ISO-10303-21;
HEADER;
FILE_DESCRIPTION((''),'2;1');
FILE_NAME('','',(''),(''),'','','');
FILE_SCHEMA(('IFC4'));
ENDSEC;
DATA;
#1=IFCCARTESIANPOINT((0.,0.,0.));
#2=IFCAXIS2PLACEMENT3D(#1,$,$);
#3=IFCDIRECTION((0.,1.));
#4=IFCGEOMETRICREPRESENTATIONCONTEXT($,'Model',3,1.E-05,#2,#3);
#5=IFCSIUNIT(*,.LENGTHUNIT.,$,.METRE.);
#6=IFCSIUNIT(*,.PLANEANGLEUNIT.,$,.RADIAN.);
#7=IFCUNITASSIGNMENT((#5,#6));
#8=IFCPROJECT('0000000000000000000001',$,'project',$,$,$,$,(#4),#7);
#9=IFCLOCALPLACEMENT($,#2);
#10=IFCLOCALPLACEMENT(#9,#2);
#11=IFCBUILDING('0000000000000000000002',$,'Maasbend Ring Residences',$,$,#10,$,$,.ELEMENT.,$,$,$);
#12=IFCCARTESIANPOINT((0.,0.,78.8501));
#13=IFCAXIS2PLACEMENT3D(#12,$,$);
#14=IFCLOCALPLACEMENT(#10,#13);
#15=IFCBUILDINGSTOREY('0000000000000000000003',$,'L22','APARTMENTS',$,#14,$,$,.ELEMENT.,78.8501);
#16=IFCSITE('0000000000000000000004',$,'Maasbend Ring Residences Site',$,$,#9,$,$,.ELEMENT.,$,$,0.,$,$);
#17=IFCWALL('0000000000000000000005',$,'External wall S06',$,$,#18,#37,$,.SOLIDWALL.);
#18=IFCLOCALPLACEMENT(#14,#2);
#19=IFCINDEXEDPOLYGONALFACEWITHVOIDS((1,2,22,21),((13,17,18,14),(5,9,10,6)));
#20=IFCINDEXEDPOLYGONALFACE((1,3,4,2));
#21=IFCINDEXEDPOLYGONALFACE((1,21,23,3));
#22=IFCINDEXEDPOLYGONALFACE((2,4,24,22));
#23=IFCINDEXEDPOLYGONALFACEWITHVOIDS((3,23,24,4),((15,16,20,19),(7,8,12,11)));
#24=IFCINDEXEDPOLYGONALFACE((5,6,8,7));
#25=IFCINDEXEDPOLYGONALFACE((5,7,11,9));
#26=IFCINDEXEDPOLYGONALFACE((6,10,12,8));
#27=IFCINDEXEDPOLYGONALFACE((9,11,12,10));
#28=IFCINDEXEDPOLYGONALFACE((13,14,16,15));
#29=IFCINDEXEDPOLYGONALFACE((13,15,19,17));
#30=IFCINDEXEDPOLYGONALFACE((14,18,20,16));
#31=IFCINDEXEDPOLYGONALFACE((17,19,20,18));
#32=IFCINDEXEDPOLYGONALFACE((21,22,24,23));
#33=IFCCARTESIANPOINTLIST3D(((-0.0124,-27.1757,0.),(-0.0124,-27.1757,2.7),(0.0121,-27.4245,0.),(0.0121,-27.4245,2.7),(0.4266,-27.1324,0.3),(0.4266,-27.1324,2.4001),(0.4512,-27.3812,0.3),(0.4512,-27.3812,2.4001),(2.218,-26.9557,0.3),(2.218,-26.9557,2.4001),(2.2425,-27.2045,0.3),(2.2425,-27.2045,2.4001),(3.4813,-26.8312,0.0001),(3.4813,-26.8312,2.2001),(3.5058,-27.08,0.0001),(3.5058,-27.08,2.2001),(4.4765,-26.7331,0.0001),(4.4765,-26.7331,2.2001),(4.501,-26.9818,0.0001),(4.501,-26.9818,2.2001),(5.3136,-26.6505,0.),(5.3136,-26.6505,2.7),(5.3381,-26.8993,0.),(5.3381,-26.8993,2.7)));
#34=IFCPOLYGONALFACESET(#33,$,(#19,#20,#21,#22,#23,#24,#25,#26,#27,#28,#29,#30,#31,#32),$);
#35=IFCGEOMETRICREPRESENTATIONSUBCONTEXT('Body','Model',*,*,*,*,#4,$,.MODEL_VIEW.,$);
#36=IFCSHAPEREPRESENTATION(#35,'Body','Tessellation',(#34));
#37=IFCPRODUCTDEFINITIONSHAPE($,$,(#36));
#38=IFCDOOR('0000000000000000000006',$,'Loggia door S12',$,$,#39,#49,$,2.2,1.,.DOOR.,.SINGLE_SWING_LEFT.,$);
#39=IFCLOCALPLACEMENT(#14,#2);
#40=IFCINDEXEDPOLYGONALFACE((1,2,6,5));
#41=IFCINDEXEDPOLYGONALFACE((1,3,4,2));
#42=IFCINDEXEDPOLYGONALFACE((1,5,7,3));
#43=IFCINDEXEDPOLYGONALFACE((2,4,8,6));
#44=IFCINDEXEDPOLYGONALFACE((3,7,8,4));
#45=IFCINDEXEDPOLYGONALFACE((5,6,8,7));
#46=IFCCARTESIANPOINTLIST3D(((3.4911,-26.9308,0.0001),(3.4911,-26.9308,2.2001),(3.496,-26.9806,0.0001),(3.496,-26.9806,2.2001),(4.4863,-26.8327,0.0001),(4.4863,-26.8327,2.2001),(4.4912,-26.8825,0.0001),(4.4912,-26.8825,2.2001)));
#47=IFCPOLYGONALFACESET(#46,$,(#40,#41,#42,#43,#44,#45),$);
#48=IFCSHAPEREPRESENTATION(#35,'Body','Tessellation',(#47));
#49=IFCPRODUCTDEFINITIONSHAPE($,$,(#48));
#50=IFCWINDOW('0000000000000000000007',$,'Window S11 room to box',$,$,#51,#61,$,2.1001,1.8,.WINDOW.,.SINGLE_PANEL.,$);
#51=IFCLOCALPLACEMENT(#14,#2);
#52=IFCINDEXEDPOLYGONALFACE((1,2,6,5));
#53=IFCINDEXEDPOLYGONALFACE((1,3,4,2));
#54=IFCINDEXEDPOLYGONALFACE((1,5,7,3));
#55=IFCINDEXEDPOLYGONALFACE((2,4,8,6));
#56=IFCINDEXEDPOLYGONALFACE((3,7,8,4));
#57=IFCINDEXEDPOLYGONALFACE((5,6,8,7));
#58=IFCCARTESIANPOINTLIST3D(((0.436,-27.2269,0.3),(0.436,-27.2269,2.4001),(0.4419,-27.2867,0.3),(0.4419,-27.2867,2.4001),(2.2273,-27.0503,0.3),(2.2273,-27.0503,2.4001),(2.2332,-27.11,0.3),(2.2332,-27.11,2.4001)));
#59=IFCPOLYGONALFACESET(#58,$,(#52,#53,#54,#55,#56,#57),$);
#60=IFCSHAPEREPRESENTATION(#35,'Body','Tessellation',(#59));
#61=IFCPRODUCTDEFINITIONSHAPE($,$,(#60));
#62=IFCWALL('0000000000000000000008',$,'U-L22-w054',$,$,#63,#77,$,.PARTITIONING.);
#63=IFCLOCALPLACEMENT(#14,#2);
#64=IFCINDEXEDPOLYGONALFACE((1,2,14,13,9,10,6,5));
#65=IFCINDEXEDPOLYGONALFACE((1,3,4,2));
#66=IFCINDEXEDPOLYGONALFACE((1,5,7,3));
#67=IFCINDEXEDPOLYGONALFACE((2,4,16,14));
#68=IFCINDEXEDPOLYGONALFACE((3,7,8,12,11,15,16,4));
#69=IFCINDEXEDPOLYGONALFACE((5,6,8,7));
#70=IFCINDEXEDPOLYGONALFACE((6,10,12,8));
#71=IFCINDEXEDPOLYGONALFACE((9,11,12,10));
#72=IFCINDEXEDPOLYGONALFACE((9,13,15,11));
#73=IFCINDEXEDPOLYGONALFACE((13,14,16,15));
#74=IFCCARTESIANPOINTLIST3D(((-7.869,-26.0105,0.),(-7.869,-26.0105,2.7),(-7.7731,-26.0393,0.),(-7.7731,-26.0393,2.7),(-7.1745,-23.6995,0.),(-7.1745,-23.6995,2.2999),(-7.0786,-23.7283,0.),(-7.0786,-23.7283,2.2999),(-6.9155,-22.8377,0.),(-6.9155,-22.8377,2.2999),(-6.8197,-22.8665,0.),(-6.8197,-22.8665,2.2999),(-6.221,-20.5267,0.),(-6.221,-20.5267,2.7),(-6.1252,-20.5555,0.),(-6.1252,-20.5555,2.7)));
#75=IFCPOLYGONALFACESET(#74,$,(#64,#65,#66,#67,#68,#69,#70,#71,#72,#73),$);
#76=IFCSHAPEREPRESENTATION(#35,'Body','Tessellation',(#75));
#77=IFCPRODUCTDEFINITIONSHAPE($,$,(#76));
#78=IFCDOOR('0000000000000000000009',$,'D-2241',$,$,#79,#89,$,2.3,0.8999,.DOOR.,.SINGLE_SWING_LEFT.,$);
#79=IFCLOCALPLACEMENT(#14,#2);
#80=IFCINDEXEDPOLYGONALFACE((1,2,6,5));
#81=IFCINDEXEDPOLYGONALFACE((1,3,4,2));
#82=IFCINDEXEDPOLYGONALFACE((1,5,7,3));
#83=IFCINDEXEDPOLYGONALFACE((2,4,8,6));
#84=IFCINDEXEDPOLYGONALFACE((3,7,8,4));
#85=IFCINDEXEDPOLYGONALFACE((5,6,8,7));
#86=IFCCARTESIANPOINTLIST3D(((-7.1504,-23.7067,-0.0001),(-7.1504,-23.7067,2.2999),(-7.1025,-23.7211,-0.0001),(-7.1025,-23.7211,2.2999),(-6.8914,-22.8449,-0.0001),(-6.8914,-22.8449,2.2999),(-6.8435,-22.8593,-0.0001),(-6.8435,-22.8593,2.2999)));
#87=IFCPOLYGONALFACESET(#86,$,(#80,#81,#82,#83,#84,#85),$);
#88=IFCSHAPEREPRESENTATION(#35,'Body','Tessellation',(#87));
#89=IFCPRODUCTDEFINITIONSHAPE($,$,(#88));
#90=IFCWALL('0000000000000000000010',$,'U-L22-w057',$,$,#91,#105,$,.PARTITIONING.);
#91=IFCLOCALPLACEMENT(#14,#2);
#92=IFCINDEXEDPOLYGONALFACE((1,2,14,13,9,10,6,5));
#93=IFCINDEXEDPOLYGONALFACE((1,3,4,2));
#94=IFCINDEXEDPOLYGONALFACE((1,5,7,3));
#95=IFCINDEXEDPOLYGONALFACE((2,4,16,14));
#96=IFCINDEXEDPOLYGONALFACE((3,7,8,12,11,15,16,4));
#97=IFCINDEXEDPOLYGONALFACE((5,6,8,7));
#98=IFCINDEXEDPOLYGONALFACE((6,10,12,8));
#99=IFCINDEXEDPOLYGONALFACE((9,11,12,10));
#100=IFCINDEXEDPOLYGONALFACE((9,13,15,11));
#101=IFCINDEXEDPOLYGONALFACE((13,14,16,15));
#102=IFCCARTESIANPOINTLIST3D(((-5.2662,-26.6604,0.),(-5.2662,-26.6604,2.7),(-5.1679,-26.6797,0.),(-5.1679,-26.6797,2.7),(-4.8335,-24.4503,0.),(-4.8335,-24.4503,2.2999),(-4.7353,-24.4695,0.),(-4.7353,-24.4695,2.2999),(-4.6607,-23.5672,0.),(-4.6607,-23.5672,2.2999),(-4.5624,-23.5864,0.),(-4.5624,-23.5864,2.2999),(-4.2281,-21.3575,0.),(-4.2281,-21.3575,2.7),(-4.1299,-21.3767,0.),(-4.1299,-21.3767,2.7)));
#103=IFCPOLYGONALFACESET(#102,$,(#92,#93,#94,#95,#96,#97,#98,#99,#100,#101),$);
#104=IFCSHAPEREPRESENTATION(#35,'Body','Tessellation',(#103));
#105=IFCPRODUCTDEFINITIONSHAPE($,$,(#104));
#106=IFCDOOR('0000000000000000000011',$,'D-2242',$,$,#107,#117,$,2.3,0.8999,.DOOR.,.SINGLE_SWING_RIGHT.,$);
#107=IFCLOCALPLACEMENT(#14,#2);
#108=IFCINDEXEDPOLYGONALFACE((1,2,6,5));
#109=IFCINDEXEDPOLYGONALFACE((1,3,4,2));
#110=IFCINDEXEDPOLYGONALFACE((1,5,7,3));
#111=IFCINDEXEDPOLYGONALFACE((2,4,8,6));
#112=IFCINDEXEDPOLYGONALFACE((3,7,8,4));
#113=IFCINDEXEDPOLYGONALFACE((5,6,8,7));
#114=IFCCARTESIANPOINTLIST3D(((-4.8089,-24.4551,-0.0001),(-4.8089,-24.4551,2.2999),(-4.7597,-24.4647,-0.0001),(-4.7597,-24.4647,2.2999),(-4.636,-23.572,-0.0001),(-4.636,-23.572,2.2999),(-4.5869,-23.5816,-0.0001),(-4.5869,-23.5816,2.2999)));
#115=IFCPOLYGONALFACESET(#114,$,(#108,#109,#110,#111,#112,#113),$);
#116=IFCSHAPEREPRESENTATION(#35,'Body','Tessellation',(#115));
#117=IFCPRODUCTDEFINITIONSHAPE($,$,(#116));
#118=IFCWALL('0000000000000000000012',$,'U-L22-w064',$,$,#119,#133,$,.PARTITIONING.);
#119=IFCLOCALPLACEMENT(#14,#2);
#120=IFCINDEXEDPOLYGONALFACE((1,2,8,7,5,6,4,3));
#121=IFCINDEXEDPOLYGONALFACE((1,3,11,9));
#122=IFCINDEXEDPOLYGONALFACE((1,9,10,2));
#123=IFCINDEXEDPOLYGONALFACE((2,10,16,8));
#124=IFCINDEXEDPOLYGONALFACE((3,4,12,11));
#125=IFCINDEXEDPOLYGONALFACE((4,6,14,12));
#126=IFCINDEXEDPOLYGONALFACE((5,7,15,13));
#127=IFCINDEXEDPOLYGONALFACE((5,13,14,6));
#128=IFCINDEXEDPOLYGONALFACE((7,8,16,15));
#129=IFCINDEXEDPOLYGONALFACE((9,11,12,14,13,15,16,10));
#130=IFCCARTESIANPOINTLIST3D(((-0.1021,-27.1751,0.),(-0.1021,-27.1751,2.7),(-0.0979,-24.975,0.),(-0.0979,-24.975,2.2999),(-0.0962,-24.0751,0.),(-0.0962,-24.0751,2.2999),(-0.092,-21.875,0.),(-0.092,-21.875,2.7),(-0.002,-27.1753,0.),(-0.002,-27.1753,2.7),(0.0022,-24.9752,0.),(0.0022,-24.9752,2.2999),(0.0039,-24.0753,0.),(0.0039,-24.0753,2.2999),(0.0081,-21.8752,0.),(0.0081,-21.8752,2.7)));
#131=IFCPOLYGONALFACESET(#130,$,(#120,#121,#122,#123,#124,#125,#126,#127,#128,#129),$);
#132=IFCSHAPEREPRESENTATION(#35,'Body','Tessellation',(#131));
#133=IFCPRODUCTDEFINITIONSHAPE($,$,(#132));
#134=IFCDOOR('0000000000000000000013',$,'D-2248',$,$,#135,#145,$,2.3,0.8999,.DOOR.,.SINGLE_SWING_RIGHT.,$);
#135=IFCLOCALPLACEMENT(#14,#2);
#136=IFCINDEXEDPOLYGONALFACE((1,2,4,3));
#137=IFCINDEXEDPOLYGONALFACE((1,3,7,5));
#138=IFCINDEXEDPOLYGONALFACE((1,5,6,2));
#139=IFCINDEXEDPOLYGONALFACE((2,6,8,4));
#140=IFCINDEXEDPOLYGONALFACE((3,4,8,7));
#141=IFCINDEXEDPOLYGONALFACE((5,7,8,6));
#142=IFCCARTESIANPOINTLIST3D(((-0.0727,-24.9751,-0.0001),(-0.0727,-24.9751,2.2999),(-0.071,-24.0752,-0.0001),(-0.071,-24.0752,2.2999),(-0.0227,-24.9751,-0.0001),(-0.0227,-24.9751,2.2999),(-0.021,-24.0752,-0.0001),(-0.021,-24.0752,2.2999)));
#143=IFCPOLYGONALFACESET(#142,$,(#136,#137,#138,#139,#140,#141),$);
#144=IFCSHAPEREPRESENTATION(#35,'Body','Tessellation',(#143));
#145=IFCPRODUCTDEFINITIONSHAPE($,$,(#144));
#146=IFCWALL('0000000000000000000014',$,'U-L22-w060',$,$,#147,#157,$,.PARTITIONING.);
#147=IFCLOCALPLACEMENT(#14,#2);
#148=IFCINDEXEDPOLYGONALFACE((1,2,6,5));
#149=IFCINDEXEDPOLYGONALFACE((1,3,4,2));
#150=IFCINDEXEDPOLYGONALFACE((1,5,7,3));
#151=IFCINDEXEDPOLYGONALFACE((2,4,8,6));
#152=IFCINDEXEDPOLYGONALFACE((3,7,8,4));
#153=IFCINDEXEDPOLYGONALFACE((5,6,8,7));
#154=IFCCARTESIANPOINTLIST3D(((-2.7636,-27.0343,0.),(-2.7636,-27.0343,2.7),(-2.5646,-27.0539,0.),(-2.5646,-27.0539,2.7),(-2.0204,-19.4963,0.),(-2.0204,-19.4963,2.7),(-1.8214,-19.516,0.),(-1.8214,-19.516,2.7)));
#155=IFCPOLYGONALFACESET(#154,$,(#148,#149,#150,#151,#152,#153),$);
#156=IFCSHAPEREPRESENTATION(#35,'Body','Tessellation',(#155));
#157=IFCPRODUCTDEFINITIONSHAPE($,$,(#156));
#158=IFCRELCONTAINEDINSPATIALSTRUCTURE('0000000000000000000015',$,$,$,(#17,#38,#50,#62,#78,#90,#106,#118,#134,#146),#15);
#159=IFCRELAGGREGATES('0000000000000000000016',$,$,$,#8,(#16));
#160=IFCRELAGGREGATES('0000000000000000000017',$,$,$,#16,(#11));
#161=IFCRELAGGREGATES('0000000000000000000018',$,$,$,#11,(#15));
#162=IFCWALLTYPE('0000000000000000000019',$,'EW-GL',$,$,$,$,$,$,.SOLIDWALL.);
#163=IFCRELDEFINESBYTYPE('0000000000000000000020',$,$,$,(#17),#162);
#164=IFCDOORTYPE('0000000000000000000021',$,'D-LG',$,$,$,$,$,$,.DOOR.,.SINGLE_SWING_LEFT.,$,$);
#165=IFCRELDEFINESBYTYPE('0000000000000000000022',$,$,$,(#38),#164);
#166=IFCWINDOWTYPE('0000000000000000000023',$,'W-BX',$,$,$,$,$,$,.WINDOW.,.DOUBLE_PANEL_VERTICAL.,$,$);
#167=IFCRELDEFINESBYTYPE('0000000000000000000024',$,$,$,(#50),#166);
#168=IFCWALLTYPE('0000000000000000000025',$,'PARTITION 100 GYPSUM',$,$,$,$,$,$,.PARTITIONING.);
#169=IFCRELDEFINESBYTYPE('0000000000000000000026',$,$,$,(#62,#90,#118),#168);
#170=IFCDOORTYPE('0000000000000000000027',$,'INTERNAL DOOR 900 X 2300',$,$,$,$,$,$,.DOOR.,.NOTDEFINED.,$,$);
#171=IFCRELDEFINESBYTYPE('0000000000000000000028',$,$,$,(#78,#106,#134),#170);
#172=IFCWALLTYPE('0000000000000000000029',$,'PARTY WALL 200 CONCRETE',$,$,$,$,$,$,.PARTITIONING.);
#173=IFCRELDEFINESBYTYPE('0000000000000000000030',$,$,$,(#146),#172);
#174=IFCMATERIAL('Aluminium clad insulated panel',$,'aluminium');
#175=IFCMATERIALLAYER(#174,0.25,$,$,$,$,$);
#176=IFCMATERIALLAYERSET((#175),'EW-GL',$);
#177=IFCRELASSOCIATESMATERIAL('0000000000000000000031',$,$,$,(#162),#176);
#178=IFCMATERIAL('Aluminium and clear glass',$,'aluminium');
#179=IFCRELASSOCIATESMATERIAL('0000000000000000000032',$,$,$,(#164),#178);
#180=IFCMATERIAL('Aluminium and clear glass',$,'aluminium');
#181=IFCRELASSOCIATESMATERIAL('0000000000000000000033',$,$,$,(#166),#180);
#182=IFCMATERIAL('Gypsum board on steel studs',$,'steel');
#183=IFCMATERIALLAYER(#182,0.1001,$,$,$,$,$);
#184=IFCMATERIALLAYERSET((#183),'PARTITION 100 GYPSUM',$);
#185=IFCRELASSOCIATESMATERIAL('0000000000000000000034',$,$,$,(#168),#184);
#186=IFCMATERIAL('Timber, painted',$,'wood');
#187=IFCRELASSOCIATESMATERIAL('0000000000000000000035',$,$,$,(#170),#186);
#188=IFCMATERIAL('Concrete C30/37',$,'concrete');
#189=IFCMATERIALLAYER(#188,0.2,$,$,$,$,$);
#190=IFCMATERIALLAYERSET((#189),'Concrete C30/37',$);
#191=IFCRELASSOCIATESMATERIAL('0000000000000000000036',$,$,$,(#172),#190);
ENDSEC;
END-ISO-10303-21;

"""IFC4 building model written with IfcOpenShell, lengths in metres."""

from ifc_helpers import new_model, si_unit, direction, frame, frame_2d, origin, place, context, subcontext, project, spatial, rectangle, extrude, material, layer, layer_set, type_object, element, fill, save


model = new_model("IFC4")

# Units and contexts
model_context = context("Model", 3, precision=1e-05, world=origin(), true_north=direction((0.0, 1.0)))
body_context = subcontext(model_context, "Body", "Model", "MODEL_VIEW")
ifc_project = project(units=[si_unit("LENGTHUNIT", "METRE"), si_unit("PLANEANGLEUNIT", "RADIAN")], contexts=[model_context])

# Site, building, storey
site_placement = place(None, origin())
site = spatial("IfcSite", under=ifc_project, at=site_placement, Name="Maasbend Ring Residences Site", CompositionType="ELEMENT", RefElevation=0.0)
building_placement = place(site_placement, origin())
building = spatial("IfcBuilding", under=site, at=building_placement, Name="Maasbend Ring Residences", CompositionType="ELEMENT")
storey_placement = place(building_placement, frame((0.0, 0.0, 78.8501)))
storey = spatial("IfcBuildingStorey", under=building, at=storey_placement, Name="L22", Description="APARTMENTS", CompositionType="ELEMENT", Elevation=78.8501)

# Wall, openings, door, window
ifc_material_1 = material(Name="Aluminium clad insulated panel", Category="aluminium")
ifc_layer_1 = layer(ifc_material_1, 0.25)
ifc_layer_set_1 = layer_set([ifc_layer_1], Name="EW-GL")
wall_type_1 = type_object("IfcWallType", Name="EW-GL", PredefinedType="SOLIDWALL", material=ifc_layer_set_1)
ifc_material_2 = material(Name="Aluminium and clear glass", Category="aluminium")
door_type_1 = type_object("IfcDoorType", Name="D-LG", OperationType="SINGLE_SWING_LEFT", PredefinedType="DOOR", material=ifc_material_2)
ifc_material_3 = material(Name="Aluminium and clear glass", Category="aluminium")
window_type_1 = type_object("IfcWindowType", Name="W-BX", PartitioningType="DOUBLE_PANEL_VERTICAL", PredefinedType="WINDOW", material=ifc_material_3)
wall_1_placement = place(storey_placement, frame((0.0, -27.3, 0.0), z_axis=(0.0, 0.0, 1.0), x_axis=(0.995174, 0.098126, 0.0)))
wall_1 = element("IfcWall", 1, at=wall_1_placement, inside=storey, type_object=wall_type_1, Name="External wall S06", PredefinedType="SOLIDWALL", context=body_context, shape_type="SweptSolid", body=[
    extrude(rectangle(XDim=5.3518, YDim=0.25, at=frame_2d((2.6758, 0.0))), origin(), (0.0, 0.0, 1.0), 2.7),
])
opening_1_placement = place(wall_1_placement, frame((0.4412, 0.0, 0.3)))
opening_1 = element("IfcOpeningElement", 2, at=opening_1_placement, cuts=wall_1, PredefinedType="OPENING", context=body_context, shape_type="SweptSolid", body=[
    extrude(rectangle(XDim=1.8, YDim=2.1001, at=frame_2d((0.8999, 1.05))), frame((0.0, 0.135, 0.0), z_axis=(0.0, -1.0, 0.0), x_axis=(1.0, 0.0, 0.0)), (0.0, 0.0, 1.0), 0.27),
])
opening_2_placement = place(wall_1_placement, frame((3.5105, 0.0, 0.0)))
opening_2 = element("IfcOpeningElement", 3, at=opening_2_placement, cuts=wall_1, PredefinedType="OPENING", context=body_context, shape_type="SweptSolid", body=[
    extrude(rectangle(XDim=1.0, YDim=2.2, at=frame_2d((0.5, 1.1001))), frame((0.0, 0.135, 0.0), z_axis=(0.0, -1.0, 0.0), x_axis=(1.0, 0.0, 0.0)), (0.0, 0.0, 1.0), 0.27),
])
door_1_placement = place(opening_2_placement, origin())
door_1 = element("IfcDoor", 4, at=door_1_placement, inside=storey, type_object=door_type_1, Name="Loggia door S12", OperationType="SINGLE_SWING_LEFT", OverallHeight=2.2, OverallWidth=1.0, PredefinedType="DOOR", context=body_context, shape_type="SweptSolid", body=[
    extrude(rectangle(XDim=1.0, YDim=2.2, at=frame_2d((0.5, 1.1001))), frame((0.0, 0.0249, 0.0), z_axis=(0.0, -1.0, 0.0), x_axis=(1.0, 0.0, 0.0)), (0.0, 0.0, 1.0), 0.05),
])
fill(opening_2, door_1)
window_1_placement = place(opening_1_placement, origin())
window_1 = element("IfcWindow", 5, at=window_1_placement, inside=storey, type_object=window_type_1, Name="Window S11 room to box", OverallHeight=2.1001, OverallWidth=1.8, PartitioningType="SINGLE_PANEL", PredefinedType="WINDOW", context=body_context, shape_type="SweptSolid", body=[
    extrude(rectangle(XDim=1.8, YDim=2.1001, at=frame_2d((0.8999, 1.05))), frame((0.0, 0.03, 0.0), z_axis=(0.0, -1.0, 0.0), x_axis=(1.0, 0.0, 0.0)), (0.0, 0.0, 1.0), 0.0601),
])
fill(opening_1, window_1)

# Walls, openings, doors
ifc_material_4 = material(Name="Gypsum board on steel studs", Category="steel")
ifc_layer_2 = layer(ifc_material_4, 0.1001)
ifc_layer_set_2 = layer_set([ifc_layer_2], Name="PARTITION 100 GYPSUM")
wall_type_2 = type_object("IfcWallType", Name="PARTITION 100 GYPSUM", PredefinedType="PARTITIONING", material=ifc_layer_set_2)
wall_2_placement = place(storey_placement, frame((-7.821, -26.0249, 0.0), z_axis=(0.0, 0.0, 1.0), x_axis=(0.287794, 0.957692, 0.0)))
wall_2 = element("IfcWall", 6, at=wall_2_placement, inside=storey, type_object=wall_type_2, Name="U-L22-w054", PredefinedType="PARTITIONING", context=body_context, shape_type="SweptSolid", body=[
    extrude(rectangle(XDim=5.7261, YDim=0.1001, at=frame_2d((2.863, 0.0))), origin(), (0.0, 0.0, 1.0), 2.7),
])
opening_3_placement = place(wall_2_placement, frame((2.4131, 0.0, 0.0)))
opening_3 = element("IfcOpeningElement", 7, at=opening_3_placement, cuts=wall_2, PredefinedType="OPENING", context=body_context, shape_type="SweptSolid", body=[
    extrude(rectangle(XDim=0.8999, YDim=2.3, at=frame_2d((0.45, 1.1499))), frame((0.0, 0.0601, 0.0), z_axis=(0.0, -1.0, 0.0), x_axis=(1.0, 0.0, 0.0)), (0.0, 0.0, 1.0), 0.1201),
])
ifc_material_5 = material(Name="Timber, painted", Category="wood")
door_type_2 = type_object("IfcDoorType", Name="INTERNAL DOOR 900 X 2300", OperationType="NOTDEFINED", PredefinedType="DOOR", material=ifc_material_5)
door_2_placement = place(opening_3_placement, origin())
door_2 = element("IfcDoor", 8, at=door_2_placement, inside=storey, type_object=door_type_2, Name="D-2241", OperationType="SINGLE_SWING_LEFT", OverallHeight=2.3, OverallWidth=0.8999, PredefinedType="DOOR", context=body_context, shape_type="SweptSolid", body=[
    extrude(rectangle(XDim=0.8999, YDim=2.3, at=frame_2d((0.45, 1.1499))), frame((0.0, 0.0249, 0.0), z_axis=(0.0, -1.0, 0.0), x_axis=(1.0, 0.0, 0.0)), (0.0, 0.0, 1.0), 0.05),
])
fill(opening_3, door_2)
wall_3_placement = place(storey_placement, frame((-5.217, -26.6699, 0.0), z_axis=(0.0, 0.0, 1.0), x_axis=(0.192109, 0.981374, 0.0)))
wall_3 = element("IfcWall", 9, at=wall_3_placement, inside=storey, type_object=wall_type_2, Name="U-L22-w057", PredefinedType="PARTITIONING", context=body_context, shape_type="SweptSolid", body=[
    extrude(rectangle(XDim=5.4036, YDim=0.1001, at=frame_2d((2.7017, 0.0))), origin(), (0.0, 0.0, 1.0), 2.7),
])
opening_4_placement = place(wall_3_placement, frame((2.252, 0.0, 0.0)))
opening_4 = element("IfcOpeningElement", 10, at=opening_4_placement, cuts=wall_3, PredefinedType="OPENING", context=body_context, shape_type="SweptSolid", body=[
    extrude(rectangle(XDim=0.8999, YDim=2.3, at=frame_2d((0.45, 1.1499))), frame((0.0, 0.0601, 0.0), z_axis=(0.0, -1.0, 0.0), x_axis=(1.0, 0.0, 0.0)), (0.0, 0.0, 1.0), 0.1201),
])
door_3_placement = place(opening_4_placement, origin())
door_3 = element("IfcDoor", 11, at=door_3_placement, inside=storey, type_object=door_type_2, Name="D-2242", OperationType="SINGLE_SWING_RIGHT", OverallHeight=2.3, OverallWidth=0.8999, PredefinedType="DOOR", context=body_context, shape_type="SweptSolid", body=[
    extrude(rectangle(XDim=0.8999, YDim=2.3, at=frame_2d((0.45, 1.1499))), frame((0.0, 0.0249, 0.0), z_axis=(0.0, -1.0, 0.0), x_axis=(1.0, 0.0, 0.0)), (0.0, 0.0, 1.0), 0.05),
])
fill(opening_4, door_3)
wall_4_placement = place(storey_placement, frame((-0.052, -27.175, 0.0), z_axis=(0.0, 0.0, 1.0), x_axis=(0.001889, 0.999998, 0.0)))
wall_4 = element("IfcWall", 12, at=wall_4_placement, inside=storey, type_object=wall_type_2, Name="U-L22-w064", PredefinedType="PARTITIONING", context=body_context, shape_type="SweptSolid", body=[
    extrude(rectangle(XDim=5.3, YDim=0.1001, at=frame_2d((2.6499, 0.0))), origin(), (0.0, 0.0, 1.0), 2.7),
])
opening_5_placement = place(wall_4_placement, frame((2.2, 0.0, 0.0)))
opening_5 = element("IfcOpeningElement", 13, at=opening_5_placement, cuts=wall_4, PredefinedType="OPENING", context=body_context, shape_type="SweptSolid", body=[
    extrude(rectangle(XDim=0.8999, YDim=2.3, at=frame_2d((0.45, 1.1499))), frame((0.0, 0.0601, 0.0), z_axis=(0.0, -1.0, 0.0), x_axis=(1.0, 0.0, 0.0)), (0.0, 0.0, 1.0), 0.1201),
])
door_4_placement = place(opening_5_placement, origin())
door_4 = element("IfcDoor", 14, at=door_4_placement, inside=storey, type_object=door_type_2, Name="D-2248", OperationType="SINGLE_SWING_RIGHT", OverallHeight=2.3, OverallWidth=0.8999, PredefinedType="DOOR", context=body_context, shape_type="SweptSolid", body=[
    extrude(rectangle(XDim=0.8999, YDim=2.3, at=frame_2d((0.45, 1.1499))), frame((0.0, 0.0249, 0.0), z_axis=(0.0, -1.0, 0.0), x_axis=(1.0, 0.0, 0.0)), (0.0, 0.0, 1.0), 0.05),
])
fill(opening_5, door_4)

# Wall
ifc_material_6 = material(Name="Concrete C30/37", Category="concrete")
ifc_layer_3 = layer(ifc_material_6, 0.2)
ifc_layer_set_3 = layer_set([ifc_layer_3], Name="Concrete C30/37")
wall_type_3 = type_object("IfcWallType", Name="PARTY WALL 200 CONCRETE", PredefinedType="PARTITIONING", material=ifc_layer_set_3)
wall_5_placement = place(storey_placement, frame((-2.6641, -27.0439, 0.0), z_axis=(0.0, 0.0, 1.0), x_axis=(0.098115, 0.995175, 0.0)))
element("IfcWall", 15, at=wall_5_placement, inside=storey, type_object=wall_type_3, Name="U-L22-w060", PredefinedType="PARTITIONING", context=body_context, shape_type="SweptSolid", body=[
    extrude(rectangle(XDim=7.5745, YDim=0.2, at=frame_2d((3.7871, 0.0))), origin(), (0.0, 0.0, 1.0), 2.7),
])

save(model, "model.ifc")
